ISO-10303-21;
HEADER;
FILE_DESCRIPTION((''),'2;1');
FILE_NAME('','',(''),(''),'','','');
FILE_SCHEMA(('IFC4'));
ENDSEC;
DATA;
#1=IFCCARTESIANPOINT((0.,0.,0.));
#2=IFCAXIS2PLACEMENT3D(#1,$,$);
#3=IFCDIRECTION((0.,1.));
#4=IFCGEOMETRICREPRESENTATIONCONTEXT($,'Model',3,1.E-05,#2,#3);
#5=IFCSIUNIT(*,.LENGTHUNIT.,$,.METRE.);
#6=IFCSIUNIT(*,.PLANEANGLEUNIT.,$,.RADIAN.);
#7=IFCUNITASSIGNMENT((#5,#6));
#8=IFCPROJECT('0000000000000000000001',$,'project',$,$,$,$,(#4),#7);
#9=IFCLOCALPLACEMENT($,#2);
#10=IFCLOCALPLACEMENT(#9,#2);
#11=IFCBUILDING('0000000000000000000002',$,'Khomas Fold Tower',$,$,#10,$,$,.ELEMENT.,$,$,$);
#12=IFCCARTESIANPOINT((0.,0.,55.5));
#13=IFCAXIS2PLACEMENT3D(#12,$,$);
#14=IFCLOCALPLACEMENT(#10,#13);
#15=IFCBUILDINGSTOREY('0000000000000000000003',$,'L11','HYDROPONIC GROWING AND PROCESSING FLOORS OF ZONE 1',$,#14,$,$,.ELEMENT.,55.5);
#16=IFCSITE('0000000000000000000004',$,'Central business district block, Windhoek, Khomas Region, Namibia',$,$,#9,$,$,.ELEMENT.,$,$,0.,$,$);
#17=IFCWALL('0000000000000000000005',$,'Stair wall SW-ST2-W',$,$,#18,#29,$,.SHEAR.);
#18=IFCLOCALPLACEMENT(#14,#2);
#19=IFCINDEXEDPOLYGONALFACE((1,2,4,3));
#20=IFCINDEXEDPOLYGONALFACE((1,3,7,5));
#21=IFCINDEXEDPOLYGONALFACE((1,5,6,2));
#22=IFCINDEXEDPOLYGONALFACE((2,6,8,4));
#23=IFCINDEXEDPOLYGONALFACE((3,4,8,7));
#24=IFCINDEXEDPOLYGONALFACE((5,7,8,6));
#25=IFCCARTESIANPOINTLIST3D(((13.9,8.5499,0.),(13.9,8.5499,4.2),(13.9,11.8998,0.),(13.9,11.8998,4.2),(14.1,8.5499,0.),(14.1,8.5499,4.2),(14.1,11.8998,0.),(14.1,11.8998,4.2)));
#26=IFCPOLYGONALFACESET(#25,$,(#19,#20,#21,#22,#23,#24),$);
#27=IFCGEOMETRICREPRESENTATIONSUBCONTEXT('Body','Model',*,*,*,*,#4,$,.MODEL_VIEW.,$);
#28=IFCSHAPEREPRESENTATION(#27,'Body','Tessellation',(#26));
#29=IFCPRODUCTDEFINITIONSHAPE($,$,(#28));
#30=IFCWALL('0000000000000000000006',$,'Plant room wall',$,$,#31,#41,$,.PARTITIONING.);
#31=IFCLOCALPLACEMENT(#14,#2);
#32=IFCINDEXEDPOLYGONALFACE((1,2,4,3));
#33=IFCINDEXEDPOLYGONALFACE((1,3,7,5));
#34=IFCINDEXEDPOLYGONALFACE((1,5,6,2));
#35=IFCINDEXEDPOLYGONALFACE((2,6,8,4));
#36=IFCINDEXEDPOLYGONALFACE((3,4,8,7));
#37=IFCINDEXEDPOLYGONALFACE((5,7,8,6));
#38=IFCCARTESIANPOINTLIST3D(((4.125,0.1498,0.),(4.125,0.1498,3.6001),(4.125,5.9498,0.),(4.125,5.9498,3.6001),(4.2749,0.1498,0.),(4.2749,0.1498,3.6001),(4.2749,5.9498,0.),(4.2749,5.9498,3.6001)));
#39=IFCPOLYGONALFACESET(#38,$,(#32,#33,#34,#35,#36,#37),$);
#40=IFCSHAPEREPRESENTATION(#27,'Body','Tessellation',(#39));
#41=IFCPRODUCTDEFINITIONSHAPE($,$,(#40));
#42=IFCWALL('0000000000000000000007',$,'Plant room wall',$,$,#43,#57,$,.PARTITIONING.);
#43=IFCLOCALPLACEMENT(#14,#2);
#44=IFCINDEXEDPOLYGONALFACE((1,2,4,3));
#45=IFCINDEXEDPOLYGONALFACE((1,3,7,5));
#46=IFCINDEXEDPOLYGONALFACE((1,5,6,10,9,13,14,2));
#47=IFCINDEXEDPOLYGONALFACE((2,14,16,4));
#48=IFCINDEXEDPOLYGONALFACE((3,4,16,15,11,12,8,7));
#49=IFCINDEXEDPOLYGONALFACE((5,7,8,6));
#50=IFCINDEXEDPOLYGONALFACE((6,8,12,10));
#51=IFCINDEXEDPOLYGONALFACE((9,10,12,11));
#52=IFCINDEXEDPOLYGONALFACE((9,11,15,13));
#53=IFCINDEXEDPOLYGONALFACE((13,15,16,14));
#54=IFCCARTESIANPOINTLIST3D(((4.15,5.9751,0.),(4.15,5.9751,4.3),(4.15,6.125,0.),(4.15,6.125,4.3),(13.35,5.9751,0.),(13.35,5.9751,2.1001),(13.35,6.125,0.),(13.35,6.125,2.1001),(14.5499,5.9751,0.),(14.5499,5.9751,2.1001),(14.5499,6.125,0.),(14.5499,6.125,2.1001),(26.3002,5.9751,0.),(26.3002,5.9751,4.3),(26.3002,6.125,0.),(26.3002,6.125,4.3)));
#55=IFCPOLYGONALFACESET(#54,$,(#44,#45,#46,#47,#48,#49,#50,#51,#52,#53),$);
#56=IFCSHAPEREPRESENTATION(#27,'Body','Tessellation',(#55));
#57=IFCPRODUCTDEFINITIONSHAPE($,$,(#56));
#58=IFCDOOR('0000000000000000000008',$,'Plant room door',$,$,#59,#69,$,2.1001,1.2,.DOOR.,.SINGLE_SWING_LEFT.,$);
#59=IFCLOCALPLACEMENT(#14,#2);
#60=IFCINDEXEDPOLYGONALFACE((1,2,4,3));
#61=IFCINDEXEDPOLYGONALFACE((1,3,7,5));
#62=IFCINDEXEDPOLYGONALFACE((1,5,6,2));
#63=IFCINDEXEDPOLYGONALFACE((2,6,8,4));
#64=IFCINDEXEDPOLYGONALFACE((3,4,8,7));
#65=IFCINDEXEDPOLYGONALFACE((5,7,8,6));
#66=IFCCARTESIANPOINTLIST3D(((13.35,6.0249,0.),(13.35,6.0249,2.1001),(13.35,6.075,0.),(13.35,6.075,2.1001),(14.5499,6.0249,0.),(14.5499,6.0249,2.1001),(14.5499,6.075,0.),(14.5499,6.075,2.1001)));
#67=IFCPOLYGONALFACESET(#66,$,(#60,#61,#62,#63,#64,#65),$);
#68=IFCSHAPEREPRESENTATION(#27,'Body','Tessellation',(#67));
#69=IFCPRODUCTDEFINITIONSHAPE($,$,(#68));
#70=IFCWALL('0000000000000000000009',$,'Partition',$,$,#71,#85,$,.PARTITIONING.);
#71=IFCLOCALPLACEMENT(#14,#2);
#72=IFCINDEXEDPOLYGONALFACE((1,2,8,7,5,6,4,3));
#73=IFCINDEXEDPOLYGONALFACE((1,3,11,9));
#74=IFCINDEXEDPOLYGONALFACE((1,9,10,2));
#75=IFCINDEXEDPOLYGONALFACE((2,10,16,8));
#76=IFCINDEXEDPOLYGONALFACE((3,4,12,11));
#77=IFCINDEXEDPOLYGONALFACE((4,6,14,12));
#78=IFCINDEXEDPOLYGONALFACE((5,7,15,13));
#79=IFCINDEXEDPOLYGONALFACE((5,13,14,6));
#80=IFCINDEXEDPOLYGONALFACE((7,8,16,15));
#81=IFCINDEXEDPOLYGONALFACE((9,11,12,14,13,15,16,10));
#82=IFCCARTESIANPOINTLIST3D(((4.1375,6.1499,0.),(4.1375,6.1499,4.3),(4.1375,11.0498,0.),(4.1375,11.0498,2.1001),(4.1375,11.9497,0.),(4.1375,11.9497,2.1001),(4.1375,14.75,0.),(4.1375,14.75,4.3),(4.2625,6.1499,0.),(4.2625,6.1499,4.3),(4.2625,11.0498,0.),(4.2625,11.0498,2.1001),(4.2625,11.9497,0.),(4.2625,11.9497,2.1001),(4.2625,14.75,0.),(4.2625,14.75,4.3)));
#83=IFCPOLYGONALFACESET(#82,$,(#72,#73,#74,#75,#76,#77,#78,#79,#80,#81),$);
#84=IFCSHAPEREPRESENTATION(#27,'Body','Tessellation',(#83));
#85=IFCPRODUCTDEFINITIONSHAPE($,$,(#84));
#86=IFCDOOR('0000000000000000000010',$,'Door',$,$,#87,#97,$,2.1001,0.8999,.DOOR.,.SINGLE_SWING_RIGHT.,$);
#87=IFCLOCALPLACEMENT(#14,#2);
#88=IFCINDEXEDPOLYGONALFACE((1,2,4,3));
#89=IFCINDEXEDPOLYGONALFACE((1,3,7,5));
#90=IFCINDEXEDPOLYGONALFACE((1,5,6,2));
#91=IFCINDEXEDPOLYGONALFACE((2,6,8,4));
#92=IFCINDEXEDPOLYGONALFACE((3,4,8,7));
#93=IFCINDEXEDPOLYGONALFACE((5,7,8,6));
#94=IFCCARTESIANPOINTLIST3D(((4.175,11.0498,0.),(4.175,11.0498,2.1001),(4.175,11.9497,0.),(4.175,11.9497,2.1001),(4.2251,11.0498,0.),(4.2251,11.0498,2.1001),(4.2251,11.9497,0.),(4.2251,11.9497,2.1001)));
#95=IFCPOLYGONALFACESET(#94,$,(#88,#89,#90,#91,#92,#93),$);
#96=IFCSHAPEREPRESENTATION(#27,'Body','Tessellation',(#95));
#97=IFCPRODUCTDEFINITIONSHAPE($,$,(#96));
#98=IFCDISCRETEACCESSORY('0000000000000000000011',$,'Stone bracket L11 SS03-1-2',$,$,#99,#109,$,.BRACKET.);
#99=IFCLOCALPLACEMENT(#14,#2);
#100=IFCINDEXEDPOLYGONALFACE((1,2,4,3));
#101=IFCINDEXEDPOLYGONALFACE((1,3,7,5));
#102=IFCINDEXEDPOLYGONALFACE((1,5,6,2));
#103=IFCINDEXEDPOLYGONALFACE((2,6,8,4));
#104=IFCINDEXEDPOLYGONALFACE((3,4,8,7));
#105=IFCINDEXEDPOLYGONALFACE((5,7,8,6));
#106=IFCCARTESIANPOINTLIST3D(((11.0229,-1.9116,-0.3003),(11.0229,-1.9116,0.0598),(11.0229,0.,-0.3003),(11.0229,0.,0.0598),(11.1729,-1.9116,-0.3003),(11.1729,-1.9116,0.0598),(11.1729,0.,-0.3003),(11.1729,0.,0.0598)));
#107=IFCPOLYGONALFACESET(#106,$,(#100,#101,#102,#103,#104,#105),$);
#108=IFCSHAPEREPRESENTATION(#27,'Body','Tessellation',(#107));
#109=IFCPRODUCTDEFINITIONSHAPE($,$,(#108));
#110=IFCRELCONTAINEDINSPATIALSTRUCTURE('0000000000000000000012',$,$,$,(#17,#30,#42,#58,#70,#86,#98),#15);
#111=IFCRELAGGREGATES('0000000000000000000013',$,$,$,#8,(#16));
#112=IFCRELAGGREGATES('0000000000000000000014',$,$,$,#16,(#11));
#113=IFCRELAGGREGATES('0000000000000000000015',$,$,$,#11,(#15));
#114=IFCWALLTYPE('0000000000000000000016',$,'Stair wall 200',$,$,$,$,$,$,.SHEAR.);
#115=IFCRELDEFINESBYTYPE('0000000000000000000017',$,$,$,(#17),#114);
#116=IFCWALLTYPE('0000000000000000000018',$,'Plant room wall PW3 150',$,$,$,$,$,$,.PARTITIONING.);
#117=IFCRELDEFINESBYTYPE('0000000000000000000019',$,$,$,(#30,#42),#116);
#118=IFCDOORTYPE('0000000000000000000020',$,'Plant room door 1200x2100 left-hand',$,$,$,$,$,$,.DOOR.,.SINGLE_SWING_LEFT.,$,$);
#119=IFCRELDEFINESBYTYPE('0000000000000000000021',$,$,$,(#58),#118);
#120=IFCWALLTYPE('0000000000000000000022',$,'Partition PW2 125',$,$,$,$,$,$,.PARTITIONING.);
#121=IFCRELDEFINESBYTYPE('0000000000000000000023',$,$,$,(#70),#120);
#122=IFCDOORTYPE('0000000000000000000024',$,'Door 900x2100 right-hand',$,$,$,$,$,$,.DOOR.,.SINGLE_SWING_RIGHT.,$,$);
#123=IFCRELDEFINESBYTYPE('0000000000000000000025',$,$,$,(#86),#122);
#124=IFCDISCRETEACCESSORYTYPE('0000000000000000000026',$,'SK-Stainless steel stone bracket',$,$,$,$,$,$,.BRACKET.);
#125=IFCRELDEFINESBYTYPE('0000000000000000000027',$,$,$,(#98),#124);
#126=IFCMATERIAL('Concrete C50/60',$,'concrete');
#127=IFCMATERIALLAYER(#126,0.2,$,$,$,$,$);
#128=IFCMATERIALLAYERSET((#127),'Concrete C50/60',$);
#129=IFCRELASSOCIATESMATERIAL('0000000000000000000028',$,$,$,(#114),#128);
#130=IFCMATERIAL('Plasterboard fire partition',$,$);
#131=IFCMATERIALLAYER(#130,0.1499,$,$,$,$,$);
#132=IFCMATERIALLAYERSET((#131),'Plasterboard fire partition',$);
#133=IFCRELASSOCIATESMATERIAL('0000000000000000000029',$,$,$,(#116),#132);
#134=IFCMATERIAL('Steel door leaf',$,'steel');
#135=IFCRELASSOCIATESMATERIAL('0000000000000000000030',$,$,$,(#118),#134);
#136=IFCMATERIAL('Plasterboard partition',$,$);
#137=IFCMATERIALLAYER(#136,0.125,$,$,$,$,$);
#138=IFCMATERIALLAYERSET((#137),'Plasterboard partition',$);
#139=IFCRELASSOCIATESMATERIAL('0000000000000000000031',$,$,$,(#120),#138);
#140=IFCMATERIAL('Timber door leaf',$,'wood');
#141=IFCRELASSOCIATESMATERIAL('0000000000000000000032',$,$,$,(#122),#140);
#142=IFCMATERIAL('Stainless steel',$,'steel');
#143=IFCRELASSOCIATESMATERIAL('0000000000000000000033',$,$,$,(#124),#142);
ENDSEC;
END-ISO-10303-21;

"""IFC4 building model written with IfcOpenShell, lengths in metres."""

from ifc_helpers import new_model, si_unit, direction, frame, frame_2d, origin, origin_2d, place, context, subcontext, project, spatial, rectangle, extrude, source, transform, mapped, material, layer, layer_set, type_object, element, fill, save


model = new_model("IFC4")

# Units and contexts
model_context = context("Model", 3, precision=1e-05, world=origin(), true_north=direction((0.0, 1.0)))
body_context = subcontext(model_context, "Body", "Model", "MODEL_VIEW")
ifc_project = project(units=[si_unit("LENGTHUNIT", "METRE"), si_unit("PLANEANGLEUNIT", "RADIAN")], contexts=[model_context])

# Site, building, storey
site_placement = place(None, origin())
site = spatial("IfcSite", under=ifc_project, at=site_placement, Name="Central business district block, Windhoek, Khomas Region, Namibia", CompositionType="ELEMENT", RefElevation=0.0)
building_placement = place(site_placement, origin())
building = spatial("IfcBuilding", under=site, at=building_placement, Name="Khomas Fold Tower", CompositionType="ELEMENT")
storey_placement = place(building_placement, frame((0.0, 0.0, 55.5)))
storey = spatial("IfcBuildingStorey", under=building, at=storey_placement, Name="L11", Description="HYDROPONIC GROWING AND PROCESSING FLOORS OF ZONE 1", CompositionType="ELEMENT", Elevation=55.5)

# Shared definitions
ifc_material_1 = material(Name="Concrete C50/60", Category="concrete")
ifc_layer_1 = layer(ifc_material_1, 0.2)
ifc_layer_set_1 = layer_set([ifc_layer_1], Name="Concrete C50/60")
wall_type_1 = type_object("IfcWallType", Name="Stair wall 200", PredefinedType="SHEAR", material=ifc_layer_set_1)
shared_shape_1 = source(origin(), body_context, "Body", "SweptSolid", [
    extrude(rectangle(XDim=1.2, YDim=2.1001, at=frame_2d((0.6001, 1.05))), frame((0.0, 0.0249, 0.0), z_axis=(0.0, -1.0, 0.0), x_axis=(1.0, 0.0, 0.0)), (0.0, 0.0, 1.0), 0.05),
])

# Walls
shared_shape_2 = source(origin(), body_context, "Body", "SweptSolid", [
    extrude(rectangle(XDim=3.3499, YDim=0.2, at=frame_2d((1.6748, 0.0))), origin(), (0.0, 0.0, 1.0), 4.2),
])
wall_1_placement = place(storey_placement, frame((14.0, 8.55, 0.0), z_axis=(0.0, 0.0, 1.0), x_axis=(0.0, 1.0, 0.0)))
element("IfcWall", 1, at=wall_1_placement, inside=storey, type_object=wall_type_1, Name="Stair wall SW-ST2-W", PredefinedType="SHEAR", context=body_context, shape_type="MappedRepresentation", body=[
    mapped(shared_shape_2, transform((0.0, 0.0, 0.0))),
])
ifc_material_2 = material(Name="Plasterboard fire partition")
ifc_layer_2 = layer(ifc_material_2, 0.1499)
ifc_layer_set_2 = layer_set([ifc_layer_2], Name="Plasterboard fire partition")
wall_type_2 = type_object("IfcWallType", Name="Plant room wall PW3 150", PredefinedType="PARTITIONING", material=ifc_layer_set_2)
shared_shape_3 = source(origin(), body_context, "Body", "SweptSolid", [
    extrude(rectangle(XDim=5.8, YDim=0.1499, at=frame_2d((2.8999, 0.0))), origin(), (0.0, 0.0, 1.0), 3.6001),
])
wall_2_placement = place(storey_placement, frame((4.2, 0.1499, 0.0), z_axis=(0.0, 0.0, 1.0), x_axis=(0.0, 1.0, 0.0)))
element("IfcWall", 2, at=wall_2_placement, inside=storey, type_object=wall_type_2, Name="Plant room wall", PredefinedType="PARTITIONING", context=body_context, shape_type="MappedRepresentation", body=[
    mapped(shared_shape_3, transform((0.0, 0.0, 0.0))),
])

# Walls, openings, doors
shared_shape_4 = source(origin(), body_context, "Body", "SweptSolid", [
    extrude(rectangle(XDim=22.1501, YDim=0.1499, at=frame_2d((11.0752, 0.0))), origin(), (0.0, 0.0, 1.0), 4.3),
])
wall_3_placement = place(storey_placement, frame((4.1499, 6.05, 0.0), z_axis=(0.0, 0.0, 1.0), x_axis=(1.0, 0.0, 0.0)))
wall_3 = element("IfcWall", 3, at=wall_3_placement, inside=storey, type_object=wall_type_2, Name="Plant room wall", PredefinedType="PARTITIONING", context=body_context, shape_type="MappedRepresentation", body=[
    mapped(shared_shape_4, transform((0.0, 0.0, 0.0))),
])
shared_shape_5 = source(origin(), body_context, "Body", "SweptSolid", [
    extrude(rectangle(XDim=1.2, YDim=2.1001, at=frame_2d((0.6001, 1.05))), frame((0.0, 0.085, 0.0), z_axis=(0.0, -1.0, 0.0), x_axis=(1.0, 0.0, 0.0)), (0.0, 0.0, 1.0), 0.1699),
])
opening_1_placement = place(wall_3_placement, frame((9.2, 0.0, 0.0)))
opening_1 = element("IfcOpeningElement", 4, at=opening_1_placement, cuts=wall_3, PredefinedType="OPENING", context=body_context, shape_type="MappedRepresentation", body=[
    mapped(shared_shape_5, transform((0.0, 0.0, 0.0))),
])
ifc_material_3 = material(Name="Steel door leaf", Category="steel")
door_type_1 = type_object("IfcDoorType", Name="Plant room door 1200x2100 left-hand", OperationType="SINGLE_SWING_LEFT", PredefinedType="DOOR", material=ifc_material_3)
door_1_placement = place(opening_1_placement, origin())
door_1 = element("IfcDoor", 5, at=door_1_placement, inside=storey, type_object=door_type_1, Name="Plant room door", OperationType="SINGLE_SWING_LEFT", OverallHeight=2.1001, OverallWidth=1.2, PredefinedType="DOOR", context=body_context, shape_type="MappedRepresentation", body=[
    mapped(shared_shape_1, transform((0.0, 0.0, 0.0))),
])
fill(opening_1, door_1)
ifc_material_4 = material(Name="Plasterboard partition")
ifc_layer_3 = layer(ifc_material_4, 0.125)
ifc_layer_set_3 = layer_set([ifc_layer_3], Name="Plasterboard partition")
wall_type_3 = type_object("IfcWallType", Name="Partition PW2 125", PredefinedType="PARTITIONING", material=ifc_layer_set_3)
shared_shape_6 = source(origin(), body_context, "Body", "SweptSolid", [
    extrude(rectangle(XDim=8.6001, YDim=0.125, at=frame_2d((4.3, 0.0))), origin(), (0.0, 0.0, 1.0), 4.3),
])
wall_4_placement = place(storey_placement, frame((4.2, 6.1499, 0.0), z_axis=(0.0, 0.0, 1.0), x_axis=(0.0, 1.0, 0.0)))
wall_4 = element("IfcWall", 6, at=wall_4_placement, inside=storey, type_object=wall_type_3, Name="Partition", PredefinedType="PARTITIONING", context=body_context, shape_type="MappedRepresentation", body=[
    mapped(shared_shape_6, transform((0.0, 0.0, 0.0))),
])
shared_shape_7 = source(origin(), body_context, "Body", "SweptSolid", [
    extrude(rectangle(XDim=0.8999, YDim=2.1001, at=frame_2d((0.45, 1.05))), frame((0.0, 0.0725, 0.0), z_axis=(0.0, -1.0, 0.0), x_axis=(1.0, 0.0, 0.0)), (0.0, 0.0, 1.0), 0.145),
])
opening_2_placement = place(wall_4_placement, frame((4.8999, 0.0, 0.0)))
opening_2 = element("IfcOpeningElement", 7, at=opening_2_placement, cuts=wall_4, PredefinedType="OPENING", context=body_context, shape_type="MappedRepresentation", body=[
    mapped(shared_shape_7, transform((0.0, 0.0, 0.0))),
])
ifc_material_5 = material(Name="Timber door leaf", Category="wood")
door_type_2 = type_object("IfcDoorType", Name="Door 900x2100 right-hand", OperationType="SINGLE_SWING_RIGHT", PredefinedType="DOOR", material=ifc_material_5)
shared_shape_8 = source(origin(), body_context, "Body", "SweptSolid", [
    extrude(rectangle(XDim=0.8999, YDim=2.1001, at=frame_2d((0.45, 1.05))), frame((0.0, 0.0249, 0.0), z_axis=(0.0, -1.0, 0.0), x_axis=(1.0, 0.0, 0.0)), (0.0, 0.0, 1.0), 0.05),
])
door_2_placement = place(opening_2_placement, origin())
door_2 = element("IfcDoor", 8, at=door_2_placement, inside=storey, type_object=door_type_2, Name="Door", OperationType="SINGLE_SWING_RIGHT", OverallHeight=2.1001, OverallWidth=0.8999, PredefinedType="DOOR", context=body_context, shape_type="MappedRepresentation", body=[
    mapped(shared_shape_8, transform((0.0, 0.0, 0.0))),
])
fill(opening_2, door_2)

# Discrete accessory
ifc_material_6 = material(Name="Stainless steel", Category="steel")
discrete_accessory_type = type_object("IfcDiscreteAccessoryType", Name="SK-Stainless steel stone bracket", PredefinedType="BRACKET", material=ifc_material_6)
shared_shape_9 = source(origin(), body_context, "Body", "SweptSolid", [
    extrude(rectangle(XDim=1.9116, YDim=0.1499, at=origin_2d()), origin(), (0.0, 0.0, 1.0), 0.3601),
])
discrete_accessory_placement = place(storey_placement, frame((11.0979, -0.9558, -0.3003), z_axis=(0.0, 0.0, 1.0), x_axis=(0.0, -1.0, 0.0)))
element("IfcDiscreteAccessory", 9, at=discrete_accessory_placement, inside=storey, type_object=discrete_accessory_type, Name="Stone bracket L11 SS03-1-2", PredefinedType="BRACKET", context=body_context, shape_type="MappedRepresentation", body=[
    mapped(shared_shape_9, transform((0.0, 0.0, 0.0))),
])

save(model, "model.ifc")
